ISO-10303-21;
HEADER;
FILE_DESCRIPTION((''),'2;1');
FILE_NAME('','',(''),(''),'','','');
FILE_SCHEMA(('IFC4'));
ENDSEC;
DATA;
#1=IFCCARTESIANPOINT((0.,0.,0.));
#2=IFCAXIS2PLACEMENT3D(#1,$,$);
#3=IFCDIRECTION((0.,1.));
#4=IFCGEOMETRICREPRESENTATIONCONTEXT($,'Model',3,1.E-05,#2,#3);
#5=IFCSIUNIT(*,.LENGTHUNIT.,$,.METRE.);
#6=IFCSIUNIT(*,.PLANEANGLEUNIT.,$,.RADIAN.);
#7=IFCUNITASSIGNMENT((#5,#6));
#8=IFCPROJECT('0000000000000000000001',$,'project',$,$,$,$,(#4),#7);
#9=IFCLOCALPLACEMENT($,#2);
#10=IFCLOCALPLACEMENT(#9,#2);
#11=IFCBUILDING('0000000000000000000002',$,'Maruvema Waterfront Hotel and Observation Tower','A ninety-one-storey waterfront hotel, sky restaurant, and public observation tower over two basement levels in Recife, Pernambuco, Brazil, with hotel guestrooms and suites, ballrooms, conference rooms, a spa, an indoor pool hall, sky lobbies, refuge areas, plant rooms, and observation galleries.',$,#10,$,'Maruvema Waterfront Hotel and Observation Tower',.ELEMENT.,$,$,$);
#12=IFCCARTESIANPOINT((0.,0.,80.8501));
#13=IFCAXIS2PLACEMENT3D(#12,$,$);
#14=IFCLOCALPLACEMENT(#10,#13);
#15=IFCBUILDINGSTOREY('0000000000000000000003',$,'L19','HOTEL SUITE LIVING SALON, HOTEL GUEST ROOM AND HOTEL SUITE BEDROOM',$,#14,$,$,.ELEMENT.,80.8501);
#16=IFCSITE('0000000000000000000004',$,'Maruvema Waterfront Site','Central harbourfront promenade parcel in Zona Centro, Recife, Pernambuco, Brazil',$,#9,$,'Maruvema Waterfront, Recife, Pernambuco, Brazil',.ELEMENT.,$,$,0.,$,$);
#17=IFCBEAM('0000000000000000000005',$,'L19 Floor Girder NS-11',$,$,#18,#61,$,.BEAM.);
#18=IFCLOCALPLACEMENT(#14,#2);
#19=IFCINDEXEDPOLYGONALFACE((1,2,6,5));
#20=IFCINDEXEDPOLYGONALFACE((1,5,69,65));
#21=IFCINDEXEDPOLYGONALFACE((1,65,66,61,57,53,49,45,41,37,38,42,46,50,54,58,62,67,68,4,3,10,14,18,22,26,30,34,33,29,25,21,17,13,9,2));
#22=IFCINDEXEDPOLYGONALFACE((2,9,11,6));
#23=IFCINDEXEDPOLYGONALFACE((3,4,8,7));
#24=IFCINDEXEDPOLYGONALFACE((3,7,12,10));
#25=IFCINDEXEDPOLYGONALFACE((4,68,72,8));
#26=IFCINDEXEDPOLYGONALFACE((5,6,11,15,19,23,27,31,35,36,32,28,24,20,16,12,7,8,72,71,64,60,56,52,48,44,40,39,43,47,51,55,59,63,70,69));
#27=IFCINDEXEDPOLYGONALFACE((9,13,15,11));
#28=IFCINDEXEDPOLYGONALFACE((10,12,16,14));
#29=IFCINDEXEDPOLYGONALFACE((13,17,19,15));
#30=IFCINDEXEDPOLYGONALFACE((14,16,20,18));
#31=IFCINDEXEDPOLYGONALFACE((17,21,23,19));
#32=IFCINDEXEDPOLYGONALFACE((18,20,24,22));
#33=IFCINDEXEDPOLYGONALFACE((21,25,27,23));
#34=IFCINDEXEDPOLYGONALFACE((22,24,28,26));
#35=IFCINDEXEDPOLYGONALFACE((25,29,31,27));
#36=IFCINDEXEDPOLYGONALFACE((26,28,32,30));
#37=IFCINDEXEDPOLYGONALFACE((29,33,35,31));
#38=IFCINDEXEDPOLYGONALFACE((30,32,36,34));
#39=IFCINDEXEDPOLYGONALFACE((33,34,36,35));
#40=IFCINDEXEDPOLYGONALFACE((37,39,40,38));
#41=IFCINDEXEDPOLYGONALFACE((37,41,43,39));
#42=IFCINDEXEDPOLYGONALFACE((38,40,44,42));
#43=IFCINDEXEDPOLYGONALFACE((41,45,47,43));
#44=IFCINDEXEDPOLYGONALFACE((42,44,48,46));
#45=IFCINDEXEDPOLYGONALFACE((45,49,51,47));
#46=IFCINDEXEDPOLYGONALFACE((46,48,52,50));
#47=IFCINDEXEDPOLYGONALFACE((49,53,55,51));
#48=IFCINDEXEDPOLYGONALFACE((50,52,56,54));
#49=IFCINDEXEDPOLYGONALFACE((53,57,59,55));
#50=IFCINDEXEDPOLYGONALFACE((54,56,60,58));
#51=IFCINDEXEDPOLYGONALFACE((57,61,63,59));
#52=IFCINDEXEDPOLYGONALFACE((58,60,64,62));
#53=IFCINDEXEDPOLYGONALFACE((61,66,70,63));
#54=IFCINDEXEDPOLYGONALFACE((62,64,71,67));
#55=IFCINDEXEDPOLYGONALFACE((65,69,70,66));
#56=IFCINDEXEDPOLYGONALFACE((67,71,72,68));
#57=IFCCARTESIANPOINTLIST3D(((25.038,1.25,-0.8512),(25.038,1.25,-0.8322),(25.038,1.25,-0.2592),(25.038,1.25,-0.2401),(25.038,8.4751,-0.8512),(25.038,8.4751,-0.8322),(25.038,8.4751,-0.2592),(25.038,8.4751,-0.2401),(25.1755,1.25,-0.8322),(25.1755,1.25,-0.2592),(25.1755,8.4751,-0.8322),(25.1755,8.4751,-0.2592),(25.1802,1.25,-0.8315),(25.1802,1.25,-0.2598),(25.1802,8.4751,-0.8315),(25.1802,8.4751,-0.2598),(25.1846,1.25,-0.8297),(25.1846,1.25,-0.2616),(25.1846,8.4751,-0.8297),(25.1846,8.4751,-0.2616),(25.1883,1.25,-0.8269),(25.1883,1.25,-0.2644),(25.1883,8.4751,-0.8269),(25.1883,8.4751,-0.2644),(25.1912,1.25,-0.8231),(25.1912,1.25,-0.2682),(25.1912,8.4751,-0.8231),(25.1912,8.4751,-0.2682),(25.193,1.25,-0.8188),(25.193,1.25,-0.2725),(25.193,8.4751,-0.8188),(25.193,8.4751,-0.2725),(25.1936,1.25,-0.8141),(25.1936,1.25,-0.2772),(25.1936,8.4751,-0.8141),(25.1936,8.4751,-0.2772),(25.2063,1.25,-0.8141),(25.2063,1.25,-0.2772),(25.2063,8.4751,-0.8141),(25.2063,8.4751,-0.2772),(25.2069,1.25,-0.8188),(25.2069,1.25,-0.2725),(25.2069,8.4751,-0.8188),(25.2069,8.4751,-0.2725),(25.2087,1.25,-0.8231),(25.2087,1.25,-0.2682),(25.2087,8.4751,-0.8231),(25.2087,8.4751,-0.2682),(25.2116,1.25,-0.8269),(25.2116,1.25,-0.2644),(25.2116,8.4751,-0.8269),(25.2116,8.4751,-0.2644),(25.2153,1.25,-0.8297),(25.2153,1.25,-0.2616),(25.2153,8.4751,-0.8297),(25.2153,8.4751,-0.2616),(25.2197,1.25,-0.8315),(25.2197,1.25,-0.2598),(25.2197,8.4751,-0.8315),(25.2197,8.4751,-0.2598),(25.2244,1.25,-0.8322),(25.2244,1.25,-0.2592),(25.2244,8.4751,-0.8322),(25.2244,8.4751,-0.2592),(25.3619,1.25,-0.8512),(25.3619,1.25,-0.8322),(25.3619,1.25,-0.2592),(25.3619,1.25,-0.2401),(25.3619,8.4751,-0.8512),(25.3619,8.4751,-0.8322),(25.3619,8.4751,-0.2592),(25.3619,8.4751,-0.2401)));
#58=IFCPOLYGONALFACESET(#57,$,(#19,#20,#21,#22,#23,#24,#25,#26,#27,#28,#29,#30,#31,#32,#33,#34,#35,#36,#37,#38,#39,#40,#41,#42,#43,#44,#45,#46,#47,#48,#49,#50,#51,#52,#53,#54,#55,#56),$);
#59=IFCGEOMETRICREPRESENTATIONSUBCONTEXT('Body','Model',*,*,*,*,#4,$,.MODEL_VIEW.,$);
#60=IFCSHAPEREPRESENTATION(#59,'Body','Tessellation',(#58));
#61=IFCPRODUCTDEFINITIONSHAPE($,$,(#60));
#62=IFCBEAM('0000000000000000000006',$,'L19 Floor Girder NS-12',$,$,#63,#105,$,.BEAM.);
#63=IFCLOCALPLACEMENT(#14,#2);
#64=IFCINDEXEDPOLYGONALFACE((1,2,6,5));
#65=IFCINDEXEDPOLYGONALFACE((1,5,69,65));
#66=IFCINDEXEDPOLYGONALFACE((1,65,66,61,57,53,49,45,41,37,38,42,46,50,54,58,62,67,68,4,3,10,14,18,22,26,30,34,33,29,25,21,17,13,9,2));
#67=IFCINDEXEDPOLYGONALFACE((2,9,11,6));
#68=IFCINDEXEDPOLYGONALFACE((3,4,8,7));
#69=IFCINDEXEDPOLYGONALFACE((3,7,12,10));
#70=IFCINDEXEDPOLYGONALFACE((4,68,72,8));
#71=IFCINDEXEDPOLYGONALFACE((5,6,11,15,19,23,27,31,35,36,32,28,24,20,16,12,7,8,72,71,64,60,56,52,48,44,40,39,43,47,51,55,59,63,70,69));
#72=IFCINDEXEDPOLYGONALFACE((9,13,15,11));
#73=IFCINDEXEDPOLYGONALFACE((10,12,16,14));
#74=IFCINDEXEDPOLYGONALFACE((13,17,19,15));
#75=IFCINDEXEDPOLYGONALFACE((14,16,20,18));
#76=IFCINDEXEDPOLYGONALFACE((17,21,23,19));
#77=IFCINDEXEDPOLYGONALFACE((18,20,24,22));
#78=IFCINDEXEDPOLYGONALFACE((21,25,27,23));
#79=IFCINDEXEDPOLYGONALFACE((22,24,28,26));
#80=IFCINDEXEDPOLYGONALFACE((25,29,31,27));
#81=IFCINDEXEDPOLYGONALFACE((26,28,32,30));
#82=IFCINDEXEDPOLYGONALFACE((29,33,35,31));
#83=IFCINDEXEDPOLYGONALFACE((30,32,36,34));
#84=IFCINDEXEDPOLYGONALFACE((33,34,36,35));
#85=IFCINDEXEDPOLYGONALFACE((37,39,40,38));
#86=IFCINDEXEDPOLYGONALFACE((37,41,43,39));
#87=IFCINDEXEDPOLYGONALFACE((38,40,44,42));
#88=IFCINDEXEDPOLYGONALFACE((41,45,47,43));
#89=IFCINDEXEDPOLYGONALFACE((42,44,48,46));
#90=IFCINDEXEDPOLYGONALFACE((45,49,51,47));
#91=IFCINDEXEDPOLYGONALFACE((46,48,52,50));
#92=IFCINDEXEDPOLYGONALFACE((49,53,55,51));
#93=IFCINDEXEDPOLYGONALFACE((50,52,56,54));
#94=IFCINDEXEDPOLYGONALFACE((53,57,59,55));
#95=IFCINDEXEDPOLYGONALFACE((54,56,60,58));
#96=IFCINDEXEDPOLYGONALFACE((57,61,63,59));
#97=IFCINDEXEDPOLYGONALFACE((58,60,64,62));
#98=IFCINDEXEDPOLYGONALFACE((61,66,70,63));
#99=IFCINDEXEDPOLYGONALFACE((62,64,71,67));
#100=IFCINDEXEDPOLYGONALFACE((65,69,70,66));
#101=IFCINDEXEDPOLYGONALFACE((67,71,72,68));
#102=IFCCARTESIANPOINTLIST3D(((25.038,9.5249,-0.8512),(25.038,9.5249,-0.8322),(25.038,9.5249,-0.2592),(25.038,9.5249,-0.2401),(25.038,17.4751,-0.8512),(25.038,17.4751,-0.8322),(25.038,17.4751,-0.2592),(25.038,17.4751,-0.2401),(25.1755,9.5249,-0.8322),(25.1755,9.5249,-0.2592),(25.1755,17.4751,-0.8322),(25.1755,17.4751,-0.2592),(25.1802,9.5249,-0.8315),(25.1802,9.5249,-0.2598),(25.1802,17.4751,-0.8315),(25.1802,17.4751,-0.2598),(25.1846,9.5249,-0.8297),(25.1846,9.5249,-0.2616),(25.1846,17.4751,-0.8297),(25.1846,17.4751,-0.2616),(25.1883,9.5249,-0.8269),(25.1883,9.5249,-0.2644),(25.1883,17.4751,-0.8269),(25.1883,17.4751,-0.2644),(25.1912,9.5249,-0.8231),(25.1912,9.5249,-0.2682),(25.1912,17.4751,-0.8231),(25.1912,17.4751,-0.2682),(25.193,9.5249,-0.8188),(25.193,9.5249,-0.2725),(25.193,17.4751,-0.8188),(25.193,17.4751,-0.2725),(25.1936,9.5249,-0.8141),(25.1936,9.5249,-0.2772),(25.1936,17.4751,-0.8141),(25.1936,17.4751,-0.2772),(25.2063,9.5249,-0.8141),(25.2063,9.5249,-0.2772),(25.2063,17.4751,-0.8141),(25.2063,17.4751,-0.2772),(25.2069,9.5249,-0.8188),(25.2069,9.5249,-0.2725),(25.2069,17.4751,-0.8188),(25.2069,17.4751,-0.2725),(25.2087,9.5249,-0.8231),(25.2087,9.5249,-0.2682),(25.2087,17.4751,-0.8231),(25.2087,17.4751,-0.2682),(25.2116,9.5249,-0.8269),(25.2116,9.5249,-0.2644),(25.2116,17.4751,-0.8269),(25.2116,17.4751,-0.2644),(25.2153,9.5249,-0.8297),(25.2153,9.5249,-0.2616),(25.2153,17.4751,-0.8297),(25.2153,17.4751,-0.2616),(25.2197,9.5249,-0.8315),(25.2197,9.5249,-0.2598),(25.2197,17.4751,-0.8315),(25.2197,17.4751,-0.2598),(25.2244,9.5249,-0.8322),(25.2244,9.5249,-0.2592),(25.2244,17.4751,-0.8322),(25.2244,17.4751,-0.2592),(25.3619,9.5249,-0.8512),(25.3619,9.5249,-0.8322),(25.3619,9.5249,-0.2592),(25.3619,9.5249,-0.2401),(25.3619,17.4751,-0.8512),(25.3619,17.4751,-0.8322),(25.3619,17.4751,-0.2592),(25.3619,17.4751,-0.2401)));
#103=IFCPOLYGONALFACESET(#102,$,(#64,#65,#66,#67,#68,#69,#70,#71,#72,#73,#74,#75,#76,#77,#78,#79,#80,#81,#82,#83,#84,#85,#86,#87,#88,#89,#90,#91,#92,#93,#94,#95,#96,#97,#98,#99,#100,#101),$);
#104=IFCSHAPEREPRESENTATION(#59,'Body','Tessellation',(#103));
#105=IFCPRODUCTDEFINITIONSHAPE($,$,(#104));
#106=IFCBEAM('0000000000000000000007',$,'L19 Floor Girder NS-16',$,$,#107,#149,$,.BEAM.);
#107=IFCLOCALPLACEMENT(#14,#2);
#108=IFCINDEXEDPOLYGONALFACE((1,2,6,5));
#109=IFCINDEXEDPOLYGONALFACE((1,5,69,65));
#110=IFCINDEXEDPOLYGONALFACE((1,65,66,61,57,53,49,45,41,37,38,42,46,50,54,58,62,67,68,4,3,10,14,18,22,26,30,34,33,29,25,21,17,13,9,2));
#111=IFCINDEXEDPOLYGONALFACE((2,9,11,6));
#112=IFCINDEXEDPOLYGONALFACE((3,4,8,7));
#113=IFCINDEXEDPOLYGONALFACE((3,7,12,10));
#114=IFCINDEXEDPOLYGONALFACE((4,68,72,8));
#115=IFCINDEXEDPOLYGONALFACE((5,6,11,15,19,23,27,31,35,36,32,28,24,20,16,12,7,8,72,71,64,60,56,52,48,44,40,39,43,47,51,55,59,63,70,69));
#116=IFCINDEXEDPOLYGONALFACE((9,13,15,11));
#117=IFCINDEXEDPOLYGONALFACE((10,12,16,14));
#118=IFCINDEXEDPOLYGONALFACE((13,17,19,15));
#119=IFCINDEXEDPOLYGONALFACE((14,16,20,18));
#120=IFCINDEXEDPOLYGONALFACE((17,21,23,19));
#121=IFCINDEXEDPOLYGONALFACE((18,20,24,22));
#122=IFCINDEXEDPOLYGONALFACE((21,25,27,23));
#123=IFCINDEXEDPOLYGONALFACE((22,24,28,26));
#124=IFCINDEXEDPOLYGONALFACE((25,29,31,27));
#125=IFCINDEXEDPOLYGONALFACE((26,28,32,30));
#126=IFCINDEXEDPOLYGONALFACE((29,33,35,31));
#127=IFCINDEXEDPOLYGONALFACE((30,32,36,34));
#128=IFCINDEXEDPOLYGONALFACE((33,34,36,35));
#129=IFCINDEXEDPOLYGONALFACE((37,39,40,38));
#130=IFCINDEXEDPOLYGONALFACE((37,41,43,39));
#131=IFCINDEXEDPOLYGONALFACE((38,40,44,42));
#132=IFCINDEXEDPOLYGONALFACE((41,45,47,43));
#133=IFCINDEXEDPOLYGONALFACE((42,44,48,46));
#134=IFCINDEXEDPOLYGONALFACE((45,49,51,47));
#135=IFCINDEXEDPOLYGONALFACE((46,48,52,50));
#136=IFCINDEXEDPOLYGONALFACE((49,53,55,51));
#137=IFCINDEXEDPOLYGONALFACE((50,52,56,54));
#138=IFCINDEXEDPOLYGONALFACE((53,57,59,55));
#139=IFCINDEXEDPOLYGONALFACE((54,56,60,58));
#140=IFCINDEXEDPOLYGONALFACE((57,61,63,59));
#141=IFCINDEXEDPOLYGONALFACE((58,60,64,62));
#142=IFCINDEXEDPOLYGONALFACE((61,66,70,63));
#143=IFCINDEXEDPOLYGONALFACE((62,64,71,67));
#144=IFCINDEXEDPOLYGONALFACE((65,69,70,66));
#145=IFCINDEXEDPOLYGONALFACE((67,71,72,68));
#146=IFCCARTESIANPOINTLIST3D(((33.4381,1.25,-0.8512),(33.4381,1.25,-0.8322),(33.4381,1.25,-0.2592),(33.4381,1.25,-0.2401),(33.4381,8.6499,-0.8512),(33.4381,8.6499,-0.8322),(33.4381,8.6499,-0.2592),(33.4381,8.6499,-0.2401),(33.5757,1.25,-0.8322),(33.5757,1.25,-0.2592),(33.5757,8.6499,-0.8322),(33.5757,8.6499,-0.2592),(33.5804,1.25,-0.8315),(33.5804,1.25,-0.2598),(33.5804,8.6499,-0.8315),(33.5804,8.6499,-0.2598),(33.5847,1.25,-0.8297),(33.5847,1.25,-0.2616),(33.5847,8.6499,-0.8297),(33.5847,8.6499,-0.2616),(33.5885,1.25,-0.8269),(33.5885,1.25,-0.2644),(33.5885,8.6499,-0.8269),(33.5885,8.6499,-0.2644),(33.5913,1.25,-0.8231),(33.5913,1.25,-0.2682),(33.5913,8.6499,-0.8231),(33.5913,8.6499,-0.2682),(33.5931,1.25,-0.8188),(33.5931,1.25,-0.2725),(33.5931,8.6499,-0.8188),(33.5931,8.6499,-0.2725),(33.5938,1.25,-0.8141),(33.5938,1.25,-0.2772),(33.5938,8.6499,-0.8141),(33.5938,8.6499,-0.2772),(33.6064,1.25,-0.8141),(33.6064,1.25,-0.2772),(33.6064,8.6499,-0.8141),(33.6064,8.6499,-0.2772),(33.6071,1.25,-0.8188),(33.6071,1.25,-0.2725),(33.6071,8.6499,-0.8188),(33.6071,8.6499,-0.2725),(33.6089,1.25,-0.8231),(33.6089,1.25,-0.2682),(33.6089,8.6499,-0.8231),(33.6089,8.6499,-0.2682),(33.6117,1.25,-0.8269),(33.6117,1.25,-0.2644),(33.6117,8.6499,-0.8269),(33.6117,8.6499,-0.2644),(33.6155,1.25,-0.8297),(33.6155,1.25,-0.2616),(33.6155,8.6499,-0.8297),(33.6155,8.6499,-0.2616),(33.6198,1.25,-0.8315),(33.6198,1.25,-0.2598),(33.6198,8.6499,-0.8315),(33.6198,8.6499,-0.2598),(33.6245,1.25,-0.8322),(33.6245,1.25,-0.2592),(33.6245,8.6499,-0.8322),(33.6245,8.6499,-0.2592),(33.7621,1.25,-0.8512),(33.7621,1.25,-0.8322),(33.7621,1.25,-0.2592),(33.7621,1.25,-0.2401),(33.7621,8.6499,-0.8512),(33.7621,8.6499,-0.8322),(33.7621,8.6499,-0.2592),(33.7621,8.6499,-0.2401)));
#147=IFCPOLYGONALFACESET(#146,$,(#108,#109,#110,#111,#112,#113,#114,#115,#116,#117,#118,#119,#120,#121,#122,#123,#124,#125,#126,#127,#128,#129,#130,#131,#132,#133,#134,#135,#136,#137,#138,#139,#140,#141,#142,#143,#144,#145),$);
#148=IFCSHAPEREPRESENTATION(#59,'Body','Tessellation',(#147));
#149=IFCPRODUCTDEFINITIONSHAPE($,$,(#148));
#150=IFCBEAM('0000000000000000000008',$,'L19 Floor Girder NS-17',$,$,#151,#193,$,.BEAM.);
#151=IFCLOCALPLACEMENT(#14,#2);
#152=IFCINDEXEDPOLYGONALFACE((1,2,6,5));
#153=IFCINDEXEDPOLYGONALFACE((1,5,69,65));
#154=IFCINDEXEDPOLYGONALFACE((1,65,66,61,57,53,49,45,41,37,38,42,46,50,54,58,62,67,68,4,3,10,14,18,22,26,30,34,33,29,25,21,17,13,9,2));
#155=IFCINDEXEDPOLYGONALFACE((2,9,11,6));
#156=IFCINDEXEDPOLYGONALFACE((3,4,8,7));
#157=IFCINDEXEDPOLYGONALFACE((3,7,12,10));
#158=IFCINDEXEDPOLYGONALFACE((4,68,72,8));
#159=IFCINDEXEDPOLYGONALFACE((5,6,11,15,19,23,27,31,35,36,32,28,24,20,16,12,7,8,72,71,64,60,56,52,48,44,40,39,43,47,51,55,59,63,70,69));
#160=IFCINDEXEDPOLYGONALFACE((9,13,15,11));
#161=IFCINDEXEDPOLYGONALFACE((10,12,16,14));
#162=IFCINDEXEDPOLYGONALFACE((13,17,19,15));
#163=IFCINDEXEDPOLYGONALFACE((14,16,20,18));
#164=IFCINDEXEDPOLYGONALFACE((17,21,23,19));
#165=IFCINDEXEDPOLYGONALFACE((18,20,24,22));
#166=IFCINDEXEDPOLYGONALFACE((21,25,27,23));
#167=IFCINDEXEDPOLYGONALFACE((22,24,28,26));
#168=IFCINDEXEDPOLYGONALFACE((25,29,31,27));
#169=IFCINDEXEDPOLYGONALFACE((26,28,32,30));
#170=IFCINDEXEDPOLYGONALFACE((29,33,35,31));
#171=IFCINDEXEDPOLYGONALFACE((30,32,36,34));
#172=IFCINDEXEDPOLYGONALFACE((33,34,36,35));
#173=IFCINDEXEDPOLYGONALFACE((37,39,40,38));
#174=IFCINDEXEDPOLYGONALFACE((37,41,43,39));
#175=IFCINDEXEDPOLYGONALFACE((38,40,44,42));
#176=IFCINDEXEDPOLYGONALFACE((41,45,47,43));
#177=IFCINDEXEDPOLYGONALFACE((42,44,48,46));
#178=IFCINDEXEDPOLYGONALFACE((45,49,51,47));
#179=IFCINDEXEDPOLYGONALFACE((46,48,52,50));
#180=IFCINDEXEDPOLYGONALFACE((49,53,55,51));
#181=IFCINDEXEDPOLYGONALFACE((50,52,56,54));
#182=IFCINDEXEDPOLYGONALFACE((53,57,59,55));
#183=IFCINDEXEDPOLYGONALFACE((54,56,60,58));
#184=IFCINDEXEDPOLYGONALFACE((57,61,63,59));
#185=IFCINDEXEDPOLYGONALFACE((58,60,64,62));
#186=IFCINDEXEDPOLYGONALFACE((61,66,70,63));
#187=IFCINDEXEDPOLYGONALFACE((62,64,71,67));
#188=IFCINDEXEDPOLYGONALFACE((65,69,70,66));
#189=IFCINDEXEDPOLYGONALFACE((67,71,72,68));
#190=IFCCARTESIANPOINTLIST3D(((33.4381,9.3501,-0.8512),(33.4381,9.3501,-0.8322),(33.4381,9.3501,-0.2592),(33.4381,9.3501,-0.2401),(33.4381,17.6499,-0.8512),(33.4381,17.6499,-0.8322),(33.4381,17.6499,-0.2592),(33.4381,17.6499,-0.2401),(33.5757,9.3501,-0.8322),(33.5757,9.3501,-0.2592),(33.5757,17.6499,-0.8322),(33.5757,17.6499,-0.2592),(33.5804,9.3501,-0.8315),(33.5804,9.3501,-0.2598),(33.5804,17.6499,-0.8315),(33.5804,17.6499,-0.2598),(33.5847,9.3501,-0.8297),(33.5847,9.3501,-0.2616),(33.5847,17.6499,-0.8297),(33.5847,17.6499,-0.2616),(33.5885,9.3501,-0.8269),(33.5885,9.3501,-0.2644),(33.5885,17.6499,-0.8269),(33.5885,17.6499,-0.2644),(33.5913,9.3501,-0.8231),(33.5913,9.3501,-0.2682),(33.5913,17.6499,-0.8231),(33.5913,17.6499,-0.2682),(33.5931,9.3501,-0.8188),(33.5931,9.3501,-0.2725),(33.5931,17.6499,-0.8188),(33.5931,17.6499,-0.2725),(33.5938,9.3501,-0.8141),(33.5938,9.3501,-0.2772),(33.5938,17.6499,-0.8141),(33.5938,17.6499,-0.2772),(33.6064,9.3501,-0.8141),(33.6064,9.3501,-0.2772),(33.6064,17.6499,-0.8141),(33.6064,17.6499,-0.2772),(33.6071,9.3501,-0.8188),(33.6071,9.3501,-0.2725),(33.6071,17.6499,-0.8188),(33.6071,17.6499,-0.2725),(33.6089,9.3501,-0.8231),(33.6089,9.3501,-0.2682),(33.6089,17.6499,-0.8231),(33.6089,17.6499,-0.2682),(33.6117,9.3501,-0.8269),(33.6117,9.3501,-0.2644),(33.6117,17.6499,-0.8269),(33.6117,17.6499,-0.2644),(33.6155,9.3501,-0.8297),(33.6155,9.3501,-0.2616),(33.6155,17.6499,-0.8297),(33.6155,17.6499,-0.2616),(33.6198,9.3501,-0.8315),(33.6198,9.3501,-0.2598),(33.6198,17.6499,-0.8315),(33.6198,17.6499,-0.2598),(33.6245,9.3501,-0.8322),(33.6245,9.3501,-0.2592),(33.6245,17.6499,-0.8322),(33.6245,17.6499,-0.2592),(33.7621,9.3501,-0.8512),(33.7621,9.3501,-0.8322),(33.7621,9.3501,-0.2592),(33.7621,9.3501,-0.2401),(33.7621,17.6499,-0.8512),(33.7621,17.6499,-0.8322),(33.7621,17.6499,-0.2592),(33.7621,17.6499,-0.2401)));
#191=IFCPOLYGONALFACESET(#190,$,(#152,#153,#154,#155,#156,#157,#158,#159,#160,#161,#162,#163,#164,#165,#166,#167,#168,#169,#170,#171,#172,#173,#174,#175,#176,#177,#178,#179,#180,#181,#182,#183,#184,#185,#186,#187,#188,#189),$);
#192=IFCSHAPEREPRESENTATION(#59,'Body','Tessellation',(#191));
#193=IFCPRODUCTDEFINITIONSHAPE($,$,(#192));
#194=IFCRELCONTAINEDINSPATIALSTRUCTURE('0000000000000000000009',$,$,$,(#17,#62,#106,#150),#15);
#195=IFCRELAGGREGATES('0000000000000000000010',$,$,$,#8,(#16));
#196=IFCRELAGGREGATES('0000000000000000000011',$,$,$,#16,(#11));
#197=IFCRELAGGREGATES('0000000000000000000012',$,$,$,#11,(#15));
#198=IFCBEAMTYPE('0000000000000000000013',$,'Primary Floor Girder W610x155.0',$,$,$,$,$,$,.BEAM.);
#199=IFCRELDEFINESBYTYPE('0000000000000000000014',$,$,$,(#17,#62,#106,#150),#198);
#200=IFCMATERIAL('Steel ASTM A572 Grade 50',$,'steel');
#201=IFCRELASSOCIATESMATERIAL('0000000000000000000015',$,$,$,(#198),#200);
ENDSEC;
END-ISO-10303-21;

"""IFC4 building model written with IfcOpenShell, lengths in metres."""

from ifc_helpers import new_model, si_unit, direction, frame, origin, origin_2d, place, context, subcontext, project, spatial, i_section, extrude, material, material_profile, profile_set, type_object, element, save


model = new_model("IFC4")

# Units and contexts
model_context = context("Model", 3, precision=1e-05, world=origin(), true_north=direction((0.0, 1.0)))
body_context = subcontext(model_context, "Body", "Model", "MODEL_VIEW")
ifc_project = project(units=[si_unit("LENGTHUNIT", "METRE"), si_unit("PLANEANGLEUNIT", "RADIAN")], contexts=[model_context])

# Site, building, storey
site_placement = place(None, origin())
site = spatial("IfcSite", under=ifc_project, at=site_placement, Name="Maruvema Waterfront Site", Description="Central harbourfront promenade parcel in Zona Centro, Recife, Pernambuco, Brazil", LongName="Maruvema Waterfront, Recife, Pernambuco, Brazil", CompositionType="ELEMENT", RefElevation=0.0)
building_placement = place(site_placement, origin())
building = spatial("IfcBuilding", under=site, at=building_placement, Name="Maruvema Waterfront Hotel and Observation Tower", Description="A ninety-one-storey waterfront hotel, sky restaurant, and public observation tower over two basement levels in Recife, Pernambuco, Brazil, with hotel guestrooms and suites, ballrooms, conference rooms, a spa, an indoor pool hall, sky lobbies, refuge areas, plant rooms, and observation galleries.", LongName="Maruvema Waterfront Hotel and Observation Tower", CompositionType="ELEMENT")
storey_placement = place(building_placement, frame((0.0, 0.0, 80.8501)))
storey = spatial("IfcBuildingStorey", under=building, at=storey_placement, Name="L19", Description="HOTEL SUITE LIVING SALON, HOTEL GUEST ROOM AND HOTEL SUITE BEDROOM", CompositionType="ELEMENT", Elevation=80.8501)

# Beams
ifc_material_1 = material(Name="Steel ASTM A572 Grade 50", Category="steel")
ifc_material_profile_1 = material_profile(ifc_material_1, i_section(OverallWidth=0.324, OverallDepth=0.6111, WebThickness=0.0127, FlangeThickness=0.019, FilletRadius=0.0181, at=origin_2d()), Name="W610x155.0")
ifc_profile_set_1 = profile_set([ifc_material_profile_1], Name="Steel ASTM A572 Grade 50")
beam_type_1 = type_object("IfcBeamType", Name="Primary Floor Girder W610x155.0", PredefinedType="BEAM", material=ifc_profile_set_1)
beam_1_placement = place(storey_placement, frame((25.2, 1.25, -0.5457), z_axis=(0.0, 1.0, 0.0), x_axis=(-1.0, 0.0, 0.0)))
element("IfcBeam", 1, at=beam_1_placement, inside=storey, type_object=beam_type_1, Name="L19 Floor Girder NS-11", PredefinedType="BEAM", context=body_context, shape_type="SweptSolid", body=[
    extrude(i_section(OverallWidth=0.324, OverallDepth=0.6111, WebThickness=0.0127, FlangeThickness=0.019, FilletRadius=0.0181, at=origin_2d()), origin(), (0.0, 0.0, 1.0), 7.2251),
])
beam_2_placement = place(storey_placement, frame((25.2, 9.5249, -0.5457), z_axis=(0.0, 1.0, 0.0), x_axis=(-1.0, 0.0, 0.0)))
element("IfcBeam", 2, at=beam_2_placement, inside=storey, type_object=beam_type_1, Name="L19 Floor Girder NS-12", PredefinedType="BEAM", context=body_context, shape_type="SweptSolid", body=[
    extrude(i_section(OverallWidth=0.324, OverallDepth=0.6111, WebThickness=0.0127, FlangeThickness=0.019, FilletRadius=0.0181, at=origin_2d()), origin(), (0.0, 0.0, 1.0), 7.9502),
])
beam_3_placement = place(storey_placement, frame((33.6001, 1.25, -0.5457), z_axis=(0.0, 1.0, 0.0), x_axis=(-1.0, 0.0, 0.0)))
element("IfcBeam", 3, at=beam_3_placement, inside=storey, type_object=beam_type_1, Name="L19 Floor Girder NS-16", PredefinedType="BEAM", context=body_context, shape_type="SweptSolid", body=[
    extrude(i_section(OverallWidth=0.324, OverallDepth=0.6111, WebThickness=0.0127, FlangeThickness=0.019, FilletRadius=0.0181, at=origin_2d()), origin(), (0.0, 0.0, 1.0), 7.3999),
])
beam_4_placement = place(storey_placement, frame((33.6001, 9.3501, -0.5457), z_axis=(0.0, 1.0, 0.0), x_axis=(-1.0, 0.0, 0.0)))
element("IfcBeam", 4, at=beam_4_placement, inside=storey, type_object=beam_type_1, Name="L19 Floor Girder NS-17", PredefinedType="BEAM", context=body_context, shape_type="SweptSolid", body=[
    extrude(i_section(OverallWidth=0.324, OverallDepth=0.6111, WebThickness=0.0127, FlangeThickness=0.019, FilletRadius=0.0181, at=origin_2d()), origin(), (0.0, 0.0, 1.0), 8.2998),
])

save(model, "model.ifc")
